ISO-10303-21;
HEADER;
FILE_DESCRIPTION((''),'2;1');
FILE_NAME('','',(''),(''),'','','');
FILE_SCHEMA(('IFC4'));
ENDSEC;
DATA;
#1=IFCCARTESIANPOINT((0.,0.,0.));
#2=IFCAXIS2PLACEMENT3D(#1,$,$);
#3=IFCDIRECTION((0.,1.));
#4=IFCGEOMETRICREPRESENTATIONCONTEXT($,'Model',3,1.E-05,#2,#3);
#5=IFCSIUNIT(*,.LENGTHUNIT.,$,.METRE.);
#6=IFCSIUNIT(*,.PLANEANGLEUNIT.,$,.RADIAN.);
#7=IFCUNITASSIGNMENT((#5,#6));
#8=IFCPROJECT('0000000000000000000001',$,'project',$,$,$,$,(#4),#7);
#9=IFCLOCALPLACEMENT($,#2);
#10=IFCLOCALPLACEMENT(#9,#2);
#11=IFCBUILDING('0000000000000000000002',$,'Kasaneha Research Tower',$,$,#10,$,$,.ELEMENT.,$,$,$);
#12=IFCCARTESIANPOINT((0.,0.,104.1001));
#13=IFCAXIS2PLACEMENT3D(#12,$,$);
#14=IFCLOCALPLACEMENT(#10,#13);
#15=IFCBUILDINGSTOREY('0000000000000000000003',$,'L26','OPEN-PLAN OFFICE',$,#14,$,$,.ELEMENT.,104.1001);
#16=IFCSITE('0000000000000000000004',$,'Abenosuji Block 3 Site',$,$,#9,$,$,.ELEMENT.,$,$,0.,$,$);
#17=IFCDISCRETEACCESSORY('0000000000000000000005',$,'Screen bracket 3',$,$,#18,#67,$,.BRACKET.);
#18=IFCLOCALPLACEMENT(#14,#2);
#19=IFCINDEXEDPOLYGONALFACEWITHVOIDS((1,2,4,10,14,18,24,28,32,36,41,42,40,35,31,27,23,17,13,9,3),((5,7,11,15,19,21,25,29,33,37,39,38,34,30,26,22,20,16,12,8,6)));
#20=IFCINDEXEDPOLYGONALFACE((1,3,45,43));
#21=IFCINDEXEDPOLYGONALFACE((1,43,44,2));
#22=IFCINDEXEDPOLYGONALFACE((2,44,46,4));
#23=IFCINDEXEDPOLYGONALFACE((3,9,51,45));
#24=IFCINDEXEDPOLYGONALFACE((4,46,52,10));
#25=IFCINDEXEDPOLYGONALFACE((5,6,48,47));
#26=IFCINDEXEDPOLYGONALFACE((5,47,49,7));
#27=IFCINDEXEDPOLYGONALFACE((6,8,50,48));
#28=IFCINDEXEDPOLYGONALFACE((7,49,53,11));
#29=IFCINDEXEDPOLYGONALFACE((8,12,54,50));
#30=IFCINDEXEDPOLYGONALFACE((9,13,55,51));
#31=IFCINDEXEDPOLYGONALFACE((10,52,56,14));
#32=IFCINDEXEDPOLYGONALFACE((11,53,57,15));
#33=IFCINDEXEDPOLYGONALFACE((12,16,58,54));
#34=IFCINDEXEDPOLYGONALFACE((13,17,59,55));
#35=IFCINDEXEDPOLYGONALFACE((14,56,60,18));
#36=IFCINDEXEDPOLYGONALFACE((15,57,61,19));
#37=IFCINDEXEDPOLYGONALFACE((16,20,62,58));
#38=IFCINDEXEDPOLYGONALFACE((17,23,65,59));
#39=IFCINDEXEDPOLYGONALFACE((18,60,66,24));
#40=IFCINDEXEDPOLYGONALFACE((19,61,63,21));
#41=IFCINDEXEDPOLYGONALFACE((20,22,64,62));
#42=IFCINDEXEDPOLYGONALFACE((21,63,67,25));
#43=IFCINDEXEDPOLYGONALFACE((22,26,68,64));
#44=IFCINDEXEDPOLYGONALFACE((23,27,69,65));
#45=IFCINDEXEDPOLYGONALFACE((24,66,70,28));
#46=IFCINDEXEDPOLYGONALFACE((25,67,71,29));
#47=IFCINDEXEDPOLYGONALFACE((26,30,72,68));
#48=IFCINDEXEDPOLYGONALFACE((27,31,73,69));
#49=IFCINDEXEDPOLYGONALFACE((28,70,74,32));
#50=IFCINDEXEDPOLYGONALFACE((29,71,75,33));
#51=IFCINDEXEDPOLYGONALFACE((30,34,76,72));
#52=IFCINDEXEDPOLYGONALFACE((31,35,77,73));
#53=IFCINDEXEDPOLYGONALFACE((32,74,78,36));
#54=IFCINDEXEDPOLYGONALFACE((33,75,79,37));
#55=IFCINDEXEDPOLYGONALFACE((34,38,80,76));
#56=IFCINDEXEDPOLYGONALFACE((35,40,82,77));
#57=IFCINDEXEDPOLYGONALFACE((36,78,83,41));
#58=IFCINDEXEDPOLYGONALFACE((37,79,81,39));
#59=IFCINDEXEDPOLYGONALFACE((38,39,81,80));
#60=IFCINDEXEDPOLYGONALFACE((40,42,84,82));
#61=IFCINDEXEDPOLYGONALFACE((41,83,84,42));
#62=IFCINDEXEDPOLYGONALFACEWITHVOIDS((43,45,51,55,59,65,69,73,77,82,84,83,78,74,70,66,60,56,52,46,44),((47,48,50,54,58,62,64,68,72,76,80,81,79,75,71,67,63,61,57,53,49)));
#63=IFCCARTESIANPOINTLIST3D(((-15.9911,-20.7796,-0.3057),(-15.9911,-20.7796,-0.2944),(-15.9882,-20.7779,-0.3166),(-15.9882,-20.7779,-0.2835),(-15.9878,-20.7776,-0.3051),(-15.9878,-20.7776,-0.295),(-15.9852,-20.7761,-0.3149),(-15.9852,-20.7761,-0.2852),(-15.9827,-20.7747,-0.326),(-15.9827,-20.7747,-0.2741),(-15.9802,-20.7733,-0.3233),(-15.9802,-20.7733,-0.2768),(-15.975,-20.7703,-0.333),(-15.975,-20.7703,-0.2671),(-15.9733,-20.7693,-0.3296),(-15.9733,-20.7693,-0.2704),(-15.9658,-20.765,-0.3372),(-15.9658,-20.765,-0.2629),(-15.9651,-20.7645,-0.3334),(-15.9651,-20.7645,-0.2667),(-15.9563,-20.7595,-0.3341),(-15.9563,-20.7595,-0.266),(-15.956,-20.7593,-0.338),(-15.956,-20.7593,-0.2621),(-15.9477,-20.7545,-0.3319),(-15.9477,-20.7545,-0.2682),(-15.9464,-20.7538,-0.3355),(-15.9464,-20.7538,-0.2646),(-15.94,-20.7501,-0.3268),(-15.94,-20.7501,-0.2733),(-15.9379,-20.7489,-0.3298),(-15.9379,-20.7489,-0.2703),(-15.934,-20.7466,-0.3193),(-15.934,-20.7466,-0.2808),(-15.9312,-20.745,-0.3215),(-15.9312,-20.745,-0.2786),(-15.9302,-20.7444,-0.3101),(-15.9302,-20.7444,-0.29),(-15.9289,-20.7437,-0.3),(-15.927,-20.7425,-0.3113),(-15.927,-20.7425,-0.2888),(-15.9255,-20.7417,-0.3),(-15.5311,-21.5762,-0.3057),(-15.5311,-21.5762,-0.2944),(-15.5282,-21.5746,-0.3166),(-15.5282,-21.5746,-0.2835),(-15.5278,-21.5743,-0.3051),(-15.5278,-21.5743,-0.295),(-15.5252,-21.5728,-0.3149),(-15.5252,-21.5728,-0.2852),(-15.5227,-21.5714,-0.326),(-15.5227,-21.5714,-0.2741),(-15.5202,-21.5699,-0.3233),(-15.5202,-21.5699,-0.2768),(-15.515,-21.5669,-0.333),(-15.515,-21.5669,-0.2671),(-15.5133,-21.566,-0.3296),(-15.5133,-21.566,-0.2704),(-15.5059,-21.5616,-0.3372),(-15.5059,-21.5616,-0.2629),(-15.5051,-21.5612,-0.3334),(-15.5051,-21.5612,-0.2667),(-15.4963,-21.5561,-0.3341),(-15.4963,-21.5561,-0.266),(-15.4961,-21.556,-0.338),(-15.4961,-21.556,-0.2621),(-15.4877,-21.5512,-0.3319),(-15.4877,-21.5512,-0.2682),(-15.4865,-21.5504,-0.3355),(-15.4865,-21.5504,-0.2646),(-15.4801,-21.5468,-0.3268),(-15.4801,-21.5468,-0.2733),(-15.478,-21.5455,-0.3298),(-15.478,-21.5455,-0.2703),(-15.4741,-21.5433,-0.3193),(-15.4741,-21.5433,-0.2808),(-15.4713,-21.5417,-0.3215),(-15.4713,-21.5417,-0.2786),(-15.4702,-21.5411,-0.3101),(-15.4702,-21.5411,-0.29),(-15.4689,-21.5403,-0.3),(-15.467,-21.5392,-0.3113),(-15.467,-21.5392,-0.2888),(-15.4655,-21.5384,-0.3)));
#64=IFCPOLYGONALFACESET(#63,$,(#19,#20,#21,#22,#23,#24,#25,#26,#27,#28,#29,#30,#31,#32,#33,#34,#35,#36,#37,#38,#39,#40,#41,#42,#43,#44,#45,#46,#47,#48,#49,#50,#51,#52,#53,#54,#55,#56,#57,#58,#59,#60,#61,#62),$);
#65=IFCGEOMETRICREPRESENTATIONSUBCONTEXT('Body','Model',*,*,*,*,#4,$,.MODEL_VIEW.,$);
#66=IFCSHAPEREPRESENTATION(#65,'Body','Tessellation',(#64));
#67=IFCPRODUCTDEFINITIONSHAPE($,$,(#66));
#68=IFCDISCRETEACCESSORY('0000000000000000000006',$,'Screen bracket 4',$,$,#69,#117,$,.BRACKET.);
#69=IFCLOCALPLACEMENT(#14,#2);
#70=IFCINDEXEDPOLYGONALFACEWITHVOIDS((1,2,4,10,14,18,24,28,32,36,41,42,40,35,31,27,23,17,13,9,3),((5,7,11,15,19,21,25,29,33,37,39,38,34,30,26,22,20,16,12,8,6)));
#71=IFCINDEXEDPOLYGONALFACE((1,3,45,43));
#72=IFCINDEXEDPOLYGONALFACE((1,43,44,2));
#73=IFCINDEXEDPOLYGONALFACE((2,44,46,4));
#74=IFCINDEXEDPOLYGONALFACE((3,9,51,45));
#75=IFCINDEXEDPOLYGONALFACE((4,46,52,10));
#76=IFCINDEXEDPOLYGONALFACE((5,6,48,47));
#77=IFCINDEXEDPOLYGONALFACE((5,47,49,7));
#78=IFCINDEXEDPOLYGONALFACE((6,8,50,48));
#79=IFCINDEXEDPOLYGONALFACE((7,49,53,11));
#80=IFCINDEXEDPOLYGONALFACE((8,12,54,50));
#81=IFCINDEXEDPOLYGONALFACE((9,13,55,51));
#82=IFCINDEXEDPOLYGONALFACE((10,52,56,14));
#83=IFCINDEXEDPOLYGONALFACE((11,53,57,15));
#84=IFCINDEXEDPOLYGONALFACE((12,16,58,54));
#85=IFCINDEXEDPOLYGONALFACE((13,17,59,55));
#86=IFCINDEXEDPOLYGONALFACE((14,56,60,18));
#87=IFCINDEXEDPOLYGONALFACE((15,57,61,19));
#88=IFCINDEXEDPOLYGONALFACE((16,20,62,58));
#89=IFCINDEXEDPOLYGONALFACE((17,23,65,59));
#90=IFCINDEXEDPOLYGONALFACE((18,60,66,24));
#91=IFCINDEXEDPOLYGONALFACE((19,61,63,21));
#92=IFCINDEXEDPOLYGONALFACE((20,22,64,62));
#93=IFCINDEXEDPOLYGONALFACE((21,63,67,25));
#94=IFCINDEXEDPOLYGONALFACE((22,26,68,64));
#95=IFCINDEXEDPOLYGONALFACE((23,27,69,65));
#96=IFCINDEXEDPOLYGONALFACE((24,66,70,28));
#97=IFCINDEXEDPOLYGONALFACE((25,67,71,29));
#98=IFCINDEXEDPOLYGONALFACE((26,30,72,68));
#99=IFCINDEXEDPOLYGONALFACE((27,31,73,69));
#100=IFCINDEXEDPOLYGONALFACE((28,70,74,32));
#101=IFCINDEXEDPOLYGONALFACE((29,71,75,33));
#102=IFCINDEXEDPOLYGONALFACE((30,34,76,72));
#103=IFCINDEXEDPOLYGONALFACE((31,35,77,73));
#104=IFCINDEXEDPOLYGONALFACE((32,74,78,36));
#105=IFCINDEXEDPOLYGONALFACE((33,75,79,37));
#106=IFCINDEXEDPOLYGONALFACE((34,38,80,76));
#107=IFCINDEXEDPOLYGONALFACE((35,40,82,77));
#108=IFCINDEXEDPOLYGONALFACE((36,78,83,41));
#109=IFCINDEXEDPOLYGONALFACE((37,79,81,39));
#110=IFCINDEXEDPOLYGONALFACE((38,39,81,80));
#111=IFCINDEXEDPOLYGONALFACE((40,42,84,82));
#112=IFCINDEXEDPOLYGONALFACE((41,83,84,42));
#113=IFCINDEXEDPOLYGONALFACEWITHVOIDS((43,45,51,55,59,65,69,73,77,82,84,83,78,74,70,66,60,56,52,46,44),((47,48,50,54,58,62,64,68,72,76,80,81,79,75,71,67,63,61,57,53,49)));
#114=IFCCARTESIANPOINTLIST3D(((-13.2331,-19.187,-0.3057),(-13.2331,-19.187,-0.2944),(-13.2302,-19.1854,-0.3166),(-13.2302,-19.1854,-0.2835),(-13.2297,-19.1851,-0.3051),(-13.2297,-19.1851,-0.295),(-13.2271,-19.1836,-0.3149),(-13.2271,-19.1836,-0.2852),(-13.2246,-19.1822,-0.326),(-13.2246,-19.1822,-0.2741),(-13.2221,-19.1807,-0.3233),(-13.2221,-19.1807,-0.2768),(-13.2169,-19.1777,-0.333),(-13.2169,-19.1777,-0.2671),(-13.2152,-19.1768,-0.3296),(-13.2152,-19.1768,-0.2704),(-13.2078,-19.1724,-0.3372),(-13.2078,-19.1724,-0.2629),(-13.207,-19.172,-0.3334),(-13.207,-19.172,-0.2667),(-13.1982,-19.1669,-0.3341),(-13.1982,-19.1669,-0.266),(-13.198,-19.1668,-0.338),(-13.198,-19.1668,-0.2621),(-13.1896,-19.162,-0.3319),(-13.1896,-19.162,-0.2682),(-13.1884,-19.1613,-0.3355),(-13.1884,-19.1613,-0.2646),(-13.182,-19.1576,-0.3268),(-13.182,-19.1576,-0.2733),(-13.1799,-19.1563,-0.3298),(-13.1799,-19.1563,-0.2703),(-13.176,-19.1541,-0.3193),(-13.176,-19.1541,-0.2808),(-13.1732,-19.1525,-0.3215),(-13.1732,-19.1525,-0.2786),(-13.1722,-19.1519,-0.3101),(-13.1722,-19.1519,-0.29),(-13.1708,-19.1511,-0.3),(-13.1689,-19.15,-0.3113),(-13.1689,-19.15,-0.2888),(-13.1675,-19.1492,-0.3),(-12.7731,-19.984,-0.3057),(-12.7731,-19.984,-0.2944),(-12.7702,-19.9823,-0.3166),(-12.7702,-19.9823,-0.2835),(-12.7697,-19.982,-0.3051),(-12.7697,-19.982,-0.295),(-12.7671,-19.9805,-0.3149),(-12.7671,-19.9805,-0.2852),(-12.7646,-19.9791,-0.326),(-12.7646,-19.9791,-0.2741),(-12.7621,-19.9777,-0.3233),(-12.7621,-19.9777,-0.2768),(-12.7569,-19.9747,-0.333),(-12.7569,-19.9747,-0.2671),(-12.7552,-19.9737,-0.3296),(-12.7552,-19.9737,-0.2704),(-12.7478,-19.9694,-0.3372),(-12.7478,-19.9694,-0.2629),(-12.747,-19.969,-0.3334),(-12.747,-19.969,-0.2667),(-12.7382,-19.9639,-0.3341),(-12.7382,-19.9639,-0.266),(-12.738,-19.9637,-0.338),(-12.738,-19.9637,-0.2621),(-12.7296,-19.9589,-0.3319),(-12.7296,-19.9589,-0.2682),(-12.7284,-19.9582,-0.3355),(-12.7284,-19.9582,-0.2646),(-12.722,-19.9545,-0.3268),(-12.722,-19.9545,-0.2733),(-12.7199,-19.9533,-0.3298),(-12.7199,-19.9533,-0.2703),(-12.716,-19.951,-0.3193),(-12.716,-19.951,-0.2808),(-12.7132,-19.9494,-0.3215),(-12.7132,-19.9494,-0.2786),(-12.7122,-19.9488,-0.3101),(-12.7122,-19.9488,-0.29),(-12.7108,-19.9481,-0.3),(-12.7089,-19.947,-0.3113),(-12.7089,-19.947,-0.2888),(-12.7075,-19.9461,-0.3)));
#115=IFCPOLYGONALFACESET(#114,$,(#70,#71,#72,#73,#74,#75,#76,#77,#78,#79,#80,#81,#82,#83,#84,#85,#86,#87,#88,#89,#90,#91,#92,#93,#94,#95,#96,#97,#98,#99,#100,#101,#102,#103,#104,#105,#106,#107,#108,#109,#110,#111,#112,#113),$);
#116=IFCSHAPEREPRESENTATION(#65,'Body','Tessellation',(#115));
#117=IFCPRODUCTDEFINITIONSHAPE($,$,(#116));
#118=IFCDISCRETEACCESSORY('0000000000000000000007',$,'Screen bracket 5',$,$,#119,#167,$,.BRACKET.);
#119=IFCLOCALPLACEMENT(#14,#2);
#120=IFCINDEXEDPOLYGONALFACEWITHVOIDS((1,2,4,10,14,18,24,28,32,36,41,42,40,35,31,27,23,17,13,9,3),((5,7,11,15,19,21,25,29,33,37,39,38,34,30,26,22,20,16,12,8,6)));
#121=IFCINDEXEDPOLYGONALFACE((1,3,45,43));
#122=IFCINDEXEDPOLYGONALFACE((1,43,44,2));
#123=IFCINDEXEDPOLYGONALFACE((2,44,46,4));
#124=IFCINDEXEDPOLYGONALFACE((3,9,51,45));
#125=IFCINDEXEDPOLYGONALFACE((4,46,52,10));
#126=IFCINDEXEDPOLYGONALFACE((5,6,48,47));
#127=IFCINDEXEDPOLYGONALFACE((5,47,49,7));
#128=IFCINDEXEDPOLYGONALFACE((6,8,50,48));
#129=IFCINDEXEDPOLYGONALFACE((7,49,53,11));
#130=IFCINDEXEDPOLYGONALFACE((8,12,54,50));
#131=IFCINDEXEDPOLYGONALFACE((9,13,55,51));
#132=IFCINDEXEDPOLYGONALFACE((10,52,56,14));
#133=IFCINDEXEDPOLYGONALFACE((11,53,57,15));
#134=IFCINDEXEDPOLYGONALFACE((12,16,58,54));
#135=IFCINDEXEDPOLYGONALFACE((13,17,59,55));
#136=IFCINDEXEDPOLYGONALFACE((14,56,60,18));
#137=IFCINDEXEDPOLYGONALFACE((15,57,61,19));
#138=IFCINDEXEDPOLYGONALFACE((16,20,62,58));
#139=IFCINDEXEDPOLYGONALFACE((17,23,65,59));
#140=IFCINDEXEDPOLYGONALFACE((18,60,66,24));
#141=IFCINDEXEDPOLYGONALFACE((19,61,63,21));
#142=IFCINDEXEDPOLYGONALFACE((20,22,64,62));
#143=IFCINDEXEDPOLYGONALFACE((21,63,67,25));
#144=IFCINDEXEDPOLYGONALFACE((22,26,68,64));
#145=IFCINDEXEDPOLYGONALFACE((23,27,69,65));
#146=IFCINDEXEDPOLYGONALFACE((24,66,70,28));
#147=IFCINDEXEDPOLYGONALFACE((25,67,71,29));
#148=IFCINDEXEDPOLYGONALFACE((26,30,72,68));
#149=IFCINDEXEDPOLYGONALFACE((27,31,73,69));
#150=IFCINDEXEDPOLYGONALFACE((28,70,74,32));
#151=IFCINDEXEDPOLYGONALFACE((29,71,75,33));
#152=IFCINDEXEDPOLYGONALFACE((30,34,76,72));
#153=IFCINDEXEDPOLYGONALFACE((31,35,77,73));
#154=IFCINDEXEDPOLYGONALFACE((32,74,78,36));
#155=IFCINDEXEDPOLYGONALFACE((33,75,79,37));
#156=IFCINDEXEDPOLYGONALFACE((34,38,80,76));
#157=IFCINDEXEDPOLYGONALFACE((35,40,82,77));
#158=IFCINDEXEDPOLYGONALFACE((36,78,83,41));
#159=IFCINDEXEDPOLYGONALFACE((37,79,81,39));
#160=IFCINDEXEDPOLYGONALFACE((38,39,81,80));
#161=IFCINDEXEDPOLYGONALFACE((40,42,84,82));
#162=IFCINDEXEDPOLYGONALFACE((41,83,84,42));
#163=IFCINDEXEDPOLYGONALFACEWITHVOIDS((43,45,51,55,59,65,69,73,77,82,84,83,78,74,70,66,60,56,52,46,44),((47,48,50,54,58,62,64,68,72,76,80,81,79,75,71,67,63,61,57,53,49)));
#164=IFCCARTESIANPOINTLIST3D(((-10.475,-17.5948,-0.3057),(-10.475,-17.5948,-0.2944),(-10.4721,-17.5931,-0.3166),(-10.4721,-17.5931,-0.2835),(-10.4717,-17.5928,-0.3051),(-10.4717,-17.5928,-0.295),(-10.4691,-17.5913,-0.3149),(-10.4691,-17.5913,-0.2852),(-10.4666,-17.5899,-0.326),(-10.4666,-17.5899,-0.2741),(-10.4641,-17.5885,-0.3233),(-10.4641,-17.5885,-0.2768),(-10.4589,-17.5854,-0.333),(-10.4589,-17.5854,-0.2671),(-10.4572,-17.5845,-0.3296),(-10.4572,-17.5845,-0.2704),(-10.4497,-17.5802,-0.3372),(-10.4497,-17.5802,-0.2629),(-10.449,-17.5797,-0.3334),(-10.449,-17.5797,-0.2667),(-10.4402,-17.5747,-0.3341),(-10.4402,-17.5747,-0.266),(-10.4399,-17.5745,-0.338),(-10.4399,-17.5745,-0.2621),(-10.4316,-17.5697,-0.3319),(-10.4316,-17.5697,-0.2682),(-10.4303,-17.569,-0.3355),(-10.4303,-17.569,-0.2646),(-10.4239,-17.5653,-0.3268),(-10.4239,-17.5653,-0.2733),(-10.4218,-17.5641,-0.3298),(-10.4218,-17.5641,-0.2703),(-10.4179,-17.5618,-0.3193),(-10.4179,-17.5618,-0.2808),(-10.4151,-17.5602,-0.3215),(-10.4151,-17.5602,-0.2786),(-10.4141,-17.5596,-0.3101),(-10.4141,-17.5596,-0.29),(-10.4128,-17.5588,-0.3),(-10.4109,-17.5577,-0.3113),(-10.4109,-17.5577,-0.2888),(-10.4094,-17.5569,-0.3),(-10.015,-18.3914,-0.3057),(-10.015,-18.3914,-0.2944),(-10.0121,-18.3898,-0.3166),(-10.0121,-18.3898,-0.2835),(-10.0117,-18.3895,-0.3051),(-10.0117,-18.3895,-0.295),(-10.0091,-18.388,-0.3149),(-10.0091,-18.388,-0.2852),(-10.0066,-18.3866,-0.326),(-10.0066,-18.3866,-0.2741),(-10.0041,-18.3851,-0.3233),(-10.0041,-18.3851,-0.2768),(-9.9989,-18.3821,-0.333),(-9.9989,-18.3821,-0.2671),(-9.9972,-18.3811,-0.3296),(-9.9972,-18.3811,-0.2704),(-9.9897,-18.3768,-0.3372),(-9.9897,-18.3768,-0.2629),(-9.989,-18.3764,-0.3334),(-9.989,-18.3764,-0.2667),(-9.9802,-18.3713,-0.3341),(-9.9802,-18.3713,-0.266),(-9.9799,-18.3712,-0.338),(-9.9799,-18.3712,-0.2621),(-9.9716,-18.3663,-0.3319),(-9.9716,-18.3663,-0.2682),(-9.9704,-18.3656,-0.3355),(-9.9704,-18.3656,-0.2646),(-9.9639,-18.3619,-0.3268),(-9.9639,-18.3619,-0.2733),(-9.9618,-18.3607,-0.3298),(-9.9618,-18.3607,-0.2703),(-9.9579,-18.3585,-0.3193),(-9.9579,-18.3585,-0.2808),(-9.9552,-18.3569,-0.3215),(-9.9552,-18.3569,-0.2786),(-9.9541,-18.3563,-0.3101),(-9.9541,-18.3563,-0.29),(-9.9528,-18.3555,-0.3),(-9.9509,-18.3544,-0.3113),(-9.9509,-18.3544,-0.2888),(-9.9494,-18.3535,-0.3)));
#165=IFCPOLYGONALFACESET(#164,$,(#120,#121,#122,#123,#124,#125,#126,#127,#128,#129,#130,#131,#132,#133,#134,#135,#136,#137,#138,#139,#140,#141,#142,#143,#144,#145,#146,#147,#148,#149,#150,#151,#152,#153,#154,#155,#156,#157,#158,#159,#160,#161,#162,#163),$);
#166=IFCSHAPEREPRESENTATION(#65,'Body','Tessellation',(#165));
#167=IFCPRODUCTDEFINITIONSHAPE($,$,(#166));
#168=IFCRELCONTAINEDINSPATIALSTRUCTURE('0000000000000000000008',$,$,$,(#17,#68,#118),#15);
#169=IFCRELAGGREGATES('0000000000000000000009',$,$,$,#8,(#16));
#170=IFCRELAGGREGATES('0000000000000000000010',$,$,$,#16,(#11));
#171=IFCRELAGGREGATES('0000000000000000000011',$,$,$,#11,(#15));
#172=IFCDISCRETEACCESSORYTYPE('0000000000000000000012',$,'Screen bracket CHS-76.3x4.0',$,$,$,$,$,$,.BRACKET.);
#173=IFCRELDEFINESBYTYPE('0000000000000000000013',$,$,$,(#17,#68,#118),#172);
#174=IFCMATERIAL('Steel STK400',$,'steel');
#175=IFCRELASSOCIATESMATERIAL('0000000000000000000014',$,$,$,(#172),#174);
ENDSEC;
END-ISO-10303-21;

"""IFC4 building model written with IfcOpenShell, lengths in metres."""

from ifc_helpers import new_model, si_unit, direction, frame, origin, origin_2d, place, context, subcontext, project, spatial, hollow_circle, extrude, material, material_profile, profile_set, type_object, element, save


model = new_model("IFC4")

# Units and contexts
model_context = context("Model", 3, precision=1e-05, world=origin(), true_north=direction((0.0, 1.0)))
body_context = subcontext(model_context, "Body", "Model", "MODEL_VIEW")
ifc_project = project(units=[si_unit("LENGTHUNIT", "METRE"), si_unit("PLANEANGLEUNIT", "RADIAN")], contexts=[model_context])

# Site, building, storey
site_placement = place(None, origin())
site = spatial("IfcSite", under=ifc_project, at=site_placement, Name="Abenosuji Block 3 Site", CompositionType="ELEMENT", RefElevation=0.0)
building_placement = place(site_placement, origin())
building = spatial("IfcBuilding", under=site, at=building_placement, Name="Kasaneha Research Tower", CompositionType="ELEMENT")
storey_placement = place(building_placement, frame((0.0, 0.0, 104.1001)))
storey = spatial("IfcBuildingStorey", under=building, at=storey_placement, Name="L26", Description="OPEN-PLAN OFFICE", CompositionType="ELEMENT", Elevation=104.1001)

# Discrete accessories
ifc_material_1 = material(Name="Steel STK400", Category="steel")
ifc_material_profile_1 = material_profile(ifc_material_1, hollow_circle(Radius=0.0381, WallThickness=0.0039, at=origin_2d()), Name="CHS-76.3x4.0")
ifc_profile_set_1 = profile_set([ifc_material_profile_1], Name="Steel STK400")
discrete_accessory_type = type_object("IfcDiscreteAccessoryType", Name="Screen bracket CHS-76.3x4.0", PredefinedType="BRACKET", material=ifc_profile_set_1)
discrete_accessory_1_placement = place(storey_placement, frame((-15.9585, -20.7607, -0.3), z_axis=(0.500021, -0.866013, 0.0), x_axis=(0.866013, 0.500021, 0.0)))
element("IfcDiscreteAccessory", 1, at=discrete_accessory_1_placement, inside=storey, type_object=discrete_accessory_type, Name="Screen bracket 3", PredefinedType="BRACKET", context=body_context, shape_type="SweptSolid", body=[
    extrude(hollow_circle(Radius=0.0381, WallThickness=0.0039, at=origin_2d()), origin(), (0.0, 0.0, 1.0), 0.9199),
])
discrete_accessory_2_placement = place(storey_placement, frame((-13.2004, -19.1682, -0.3), z_axis=(0.499906, -0.86608, 0.0), x_axis=(0.86608, 0.499906, 0.0)))
element("IfcDiscreteAccessory", 2, at=discrete_accessory_2_placement, inside=storey, type_object=discrete_accessory_type, Name="Screen bracket 4", PredefinedType="BRACKET", context=body_context, shape_type="SweptSolid", body=[
    extrude(hollow_circle(Radius=0.0381, WallThickness=0.0039, at=origin_2d()), origin(), (0.0, 0.0, 1.0), 0.9202),
])
discrete_accessory_3_placement = place(storey_placement, frame((-10.4424, -17.5759, -0.3), z_axis=(0.500021, -0.866013, 0.0), x_axis=(0.866013, 0.500021, 0.0)))
element("IfcDiscreteAccessory", 3, at=discrete_accessory_3_placement, inside=storey, type_object=discrete_accessory_type, Name="Screen bracket 5", PredefinedType="BRACKET", context=body_context, shape_type="SweptSolid", body=[
    extrude(hollow_circle(Radius=0.0381, WallThickness=0.0039, at=origin_2d()), origin(), (0.0, 0.0, 1.0), 0.9199),
])

save(model, "model.ifc")
